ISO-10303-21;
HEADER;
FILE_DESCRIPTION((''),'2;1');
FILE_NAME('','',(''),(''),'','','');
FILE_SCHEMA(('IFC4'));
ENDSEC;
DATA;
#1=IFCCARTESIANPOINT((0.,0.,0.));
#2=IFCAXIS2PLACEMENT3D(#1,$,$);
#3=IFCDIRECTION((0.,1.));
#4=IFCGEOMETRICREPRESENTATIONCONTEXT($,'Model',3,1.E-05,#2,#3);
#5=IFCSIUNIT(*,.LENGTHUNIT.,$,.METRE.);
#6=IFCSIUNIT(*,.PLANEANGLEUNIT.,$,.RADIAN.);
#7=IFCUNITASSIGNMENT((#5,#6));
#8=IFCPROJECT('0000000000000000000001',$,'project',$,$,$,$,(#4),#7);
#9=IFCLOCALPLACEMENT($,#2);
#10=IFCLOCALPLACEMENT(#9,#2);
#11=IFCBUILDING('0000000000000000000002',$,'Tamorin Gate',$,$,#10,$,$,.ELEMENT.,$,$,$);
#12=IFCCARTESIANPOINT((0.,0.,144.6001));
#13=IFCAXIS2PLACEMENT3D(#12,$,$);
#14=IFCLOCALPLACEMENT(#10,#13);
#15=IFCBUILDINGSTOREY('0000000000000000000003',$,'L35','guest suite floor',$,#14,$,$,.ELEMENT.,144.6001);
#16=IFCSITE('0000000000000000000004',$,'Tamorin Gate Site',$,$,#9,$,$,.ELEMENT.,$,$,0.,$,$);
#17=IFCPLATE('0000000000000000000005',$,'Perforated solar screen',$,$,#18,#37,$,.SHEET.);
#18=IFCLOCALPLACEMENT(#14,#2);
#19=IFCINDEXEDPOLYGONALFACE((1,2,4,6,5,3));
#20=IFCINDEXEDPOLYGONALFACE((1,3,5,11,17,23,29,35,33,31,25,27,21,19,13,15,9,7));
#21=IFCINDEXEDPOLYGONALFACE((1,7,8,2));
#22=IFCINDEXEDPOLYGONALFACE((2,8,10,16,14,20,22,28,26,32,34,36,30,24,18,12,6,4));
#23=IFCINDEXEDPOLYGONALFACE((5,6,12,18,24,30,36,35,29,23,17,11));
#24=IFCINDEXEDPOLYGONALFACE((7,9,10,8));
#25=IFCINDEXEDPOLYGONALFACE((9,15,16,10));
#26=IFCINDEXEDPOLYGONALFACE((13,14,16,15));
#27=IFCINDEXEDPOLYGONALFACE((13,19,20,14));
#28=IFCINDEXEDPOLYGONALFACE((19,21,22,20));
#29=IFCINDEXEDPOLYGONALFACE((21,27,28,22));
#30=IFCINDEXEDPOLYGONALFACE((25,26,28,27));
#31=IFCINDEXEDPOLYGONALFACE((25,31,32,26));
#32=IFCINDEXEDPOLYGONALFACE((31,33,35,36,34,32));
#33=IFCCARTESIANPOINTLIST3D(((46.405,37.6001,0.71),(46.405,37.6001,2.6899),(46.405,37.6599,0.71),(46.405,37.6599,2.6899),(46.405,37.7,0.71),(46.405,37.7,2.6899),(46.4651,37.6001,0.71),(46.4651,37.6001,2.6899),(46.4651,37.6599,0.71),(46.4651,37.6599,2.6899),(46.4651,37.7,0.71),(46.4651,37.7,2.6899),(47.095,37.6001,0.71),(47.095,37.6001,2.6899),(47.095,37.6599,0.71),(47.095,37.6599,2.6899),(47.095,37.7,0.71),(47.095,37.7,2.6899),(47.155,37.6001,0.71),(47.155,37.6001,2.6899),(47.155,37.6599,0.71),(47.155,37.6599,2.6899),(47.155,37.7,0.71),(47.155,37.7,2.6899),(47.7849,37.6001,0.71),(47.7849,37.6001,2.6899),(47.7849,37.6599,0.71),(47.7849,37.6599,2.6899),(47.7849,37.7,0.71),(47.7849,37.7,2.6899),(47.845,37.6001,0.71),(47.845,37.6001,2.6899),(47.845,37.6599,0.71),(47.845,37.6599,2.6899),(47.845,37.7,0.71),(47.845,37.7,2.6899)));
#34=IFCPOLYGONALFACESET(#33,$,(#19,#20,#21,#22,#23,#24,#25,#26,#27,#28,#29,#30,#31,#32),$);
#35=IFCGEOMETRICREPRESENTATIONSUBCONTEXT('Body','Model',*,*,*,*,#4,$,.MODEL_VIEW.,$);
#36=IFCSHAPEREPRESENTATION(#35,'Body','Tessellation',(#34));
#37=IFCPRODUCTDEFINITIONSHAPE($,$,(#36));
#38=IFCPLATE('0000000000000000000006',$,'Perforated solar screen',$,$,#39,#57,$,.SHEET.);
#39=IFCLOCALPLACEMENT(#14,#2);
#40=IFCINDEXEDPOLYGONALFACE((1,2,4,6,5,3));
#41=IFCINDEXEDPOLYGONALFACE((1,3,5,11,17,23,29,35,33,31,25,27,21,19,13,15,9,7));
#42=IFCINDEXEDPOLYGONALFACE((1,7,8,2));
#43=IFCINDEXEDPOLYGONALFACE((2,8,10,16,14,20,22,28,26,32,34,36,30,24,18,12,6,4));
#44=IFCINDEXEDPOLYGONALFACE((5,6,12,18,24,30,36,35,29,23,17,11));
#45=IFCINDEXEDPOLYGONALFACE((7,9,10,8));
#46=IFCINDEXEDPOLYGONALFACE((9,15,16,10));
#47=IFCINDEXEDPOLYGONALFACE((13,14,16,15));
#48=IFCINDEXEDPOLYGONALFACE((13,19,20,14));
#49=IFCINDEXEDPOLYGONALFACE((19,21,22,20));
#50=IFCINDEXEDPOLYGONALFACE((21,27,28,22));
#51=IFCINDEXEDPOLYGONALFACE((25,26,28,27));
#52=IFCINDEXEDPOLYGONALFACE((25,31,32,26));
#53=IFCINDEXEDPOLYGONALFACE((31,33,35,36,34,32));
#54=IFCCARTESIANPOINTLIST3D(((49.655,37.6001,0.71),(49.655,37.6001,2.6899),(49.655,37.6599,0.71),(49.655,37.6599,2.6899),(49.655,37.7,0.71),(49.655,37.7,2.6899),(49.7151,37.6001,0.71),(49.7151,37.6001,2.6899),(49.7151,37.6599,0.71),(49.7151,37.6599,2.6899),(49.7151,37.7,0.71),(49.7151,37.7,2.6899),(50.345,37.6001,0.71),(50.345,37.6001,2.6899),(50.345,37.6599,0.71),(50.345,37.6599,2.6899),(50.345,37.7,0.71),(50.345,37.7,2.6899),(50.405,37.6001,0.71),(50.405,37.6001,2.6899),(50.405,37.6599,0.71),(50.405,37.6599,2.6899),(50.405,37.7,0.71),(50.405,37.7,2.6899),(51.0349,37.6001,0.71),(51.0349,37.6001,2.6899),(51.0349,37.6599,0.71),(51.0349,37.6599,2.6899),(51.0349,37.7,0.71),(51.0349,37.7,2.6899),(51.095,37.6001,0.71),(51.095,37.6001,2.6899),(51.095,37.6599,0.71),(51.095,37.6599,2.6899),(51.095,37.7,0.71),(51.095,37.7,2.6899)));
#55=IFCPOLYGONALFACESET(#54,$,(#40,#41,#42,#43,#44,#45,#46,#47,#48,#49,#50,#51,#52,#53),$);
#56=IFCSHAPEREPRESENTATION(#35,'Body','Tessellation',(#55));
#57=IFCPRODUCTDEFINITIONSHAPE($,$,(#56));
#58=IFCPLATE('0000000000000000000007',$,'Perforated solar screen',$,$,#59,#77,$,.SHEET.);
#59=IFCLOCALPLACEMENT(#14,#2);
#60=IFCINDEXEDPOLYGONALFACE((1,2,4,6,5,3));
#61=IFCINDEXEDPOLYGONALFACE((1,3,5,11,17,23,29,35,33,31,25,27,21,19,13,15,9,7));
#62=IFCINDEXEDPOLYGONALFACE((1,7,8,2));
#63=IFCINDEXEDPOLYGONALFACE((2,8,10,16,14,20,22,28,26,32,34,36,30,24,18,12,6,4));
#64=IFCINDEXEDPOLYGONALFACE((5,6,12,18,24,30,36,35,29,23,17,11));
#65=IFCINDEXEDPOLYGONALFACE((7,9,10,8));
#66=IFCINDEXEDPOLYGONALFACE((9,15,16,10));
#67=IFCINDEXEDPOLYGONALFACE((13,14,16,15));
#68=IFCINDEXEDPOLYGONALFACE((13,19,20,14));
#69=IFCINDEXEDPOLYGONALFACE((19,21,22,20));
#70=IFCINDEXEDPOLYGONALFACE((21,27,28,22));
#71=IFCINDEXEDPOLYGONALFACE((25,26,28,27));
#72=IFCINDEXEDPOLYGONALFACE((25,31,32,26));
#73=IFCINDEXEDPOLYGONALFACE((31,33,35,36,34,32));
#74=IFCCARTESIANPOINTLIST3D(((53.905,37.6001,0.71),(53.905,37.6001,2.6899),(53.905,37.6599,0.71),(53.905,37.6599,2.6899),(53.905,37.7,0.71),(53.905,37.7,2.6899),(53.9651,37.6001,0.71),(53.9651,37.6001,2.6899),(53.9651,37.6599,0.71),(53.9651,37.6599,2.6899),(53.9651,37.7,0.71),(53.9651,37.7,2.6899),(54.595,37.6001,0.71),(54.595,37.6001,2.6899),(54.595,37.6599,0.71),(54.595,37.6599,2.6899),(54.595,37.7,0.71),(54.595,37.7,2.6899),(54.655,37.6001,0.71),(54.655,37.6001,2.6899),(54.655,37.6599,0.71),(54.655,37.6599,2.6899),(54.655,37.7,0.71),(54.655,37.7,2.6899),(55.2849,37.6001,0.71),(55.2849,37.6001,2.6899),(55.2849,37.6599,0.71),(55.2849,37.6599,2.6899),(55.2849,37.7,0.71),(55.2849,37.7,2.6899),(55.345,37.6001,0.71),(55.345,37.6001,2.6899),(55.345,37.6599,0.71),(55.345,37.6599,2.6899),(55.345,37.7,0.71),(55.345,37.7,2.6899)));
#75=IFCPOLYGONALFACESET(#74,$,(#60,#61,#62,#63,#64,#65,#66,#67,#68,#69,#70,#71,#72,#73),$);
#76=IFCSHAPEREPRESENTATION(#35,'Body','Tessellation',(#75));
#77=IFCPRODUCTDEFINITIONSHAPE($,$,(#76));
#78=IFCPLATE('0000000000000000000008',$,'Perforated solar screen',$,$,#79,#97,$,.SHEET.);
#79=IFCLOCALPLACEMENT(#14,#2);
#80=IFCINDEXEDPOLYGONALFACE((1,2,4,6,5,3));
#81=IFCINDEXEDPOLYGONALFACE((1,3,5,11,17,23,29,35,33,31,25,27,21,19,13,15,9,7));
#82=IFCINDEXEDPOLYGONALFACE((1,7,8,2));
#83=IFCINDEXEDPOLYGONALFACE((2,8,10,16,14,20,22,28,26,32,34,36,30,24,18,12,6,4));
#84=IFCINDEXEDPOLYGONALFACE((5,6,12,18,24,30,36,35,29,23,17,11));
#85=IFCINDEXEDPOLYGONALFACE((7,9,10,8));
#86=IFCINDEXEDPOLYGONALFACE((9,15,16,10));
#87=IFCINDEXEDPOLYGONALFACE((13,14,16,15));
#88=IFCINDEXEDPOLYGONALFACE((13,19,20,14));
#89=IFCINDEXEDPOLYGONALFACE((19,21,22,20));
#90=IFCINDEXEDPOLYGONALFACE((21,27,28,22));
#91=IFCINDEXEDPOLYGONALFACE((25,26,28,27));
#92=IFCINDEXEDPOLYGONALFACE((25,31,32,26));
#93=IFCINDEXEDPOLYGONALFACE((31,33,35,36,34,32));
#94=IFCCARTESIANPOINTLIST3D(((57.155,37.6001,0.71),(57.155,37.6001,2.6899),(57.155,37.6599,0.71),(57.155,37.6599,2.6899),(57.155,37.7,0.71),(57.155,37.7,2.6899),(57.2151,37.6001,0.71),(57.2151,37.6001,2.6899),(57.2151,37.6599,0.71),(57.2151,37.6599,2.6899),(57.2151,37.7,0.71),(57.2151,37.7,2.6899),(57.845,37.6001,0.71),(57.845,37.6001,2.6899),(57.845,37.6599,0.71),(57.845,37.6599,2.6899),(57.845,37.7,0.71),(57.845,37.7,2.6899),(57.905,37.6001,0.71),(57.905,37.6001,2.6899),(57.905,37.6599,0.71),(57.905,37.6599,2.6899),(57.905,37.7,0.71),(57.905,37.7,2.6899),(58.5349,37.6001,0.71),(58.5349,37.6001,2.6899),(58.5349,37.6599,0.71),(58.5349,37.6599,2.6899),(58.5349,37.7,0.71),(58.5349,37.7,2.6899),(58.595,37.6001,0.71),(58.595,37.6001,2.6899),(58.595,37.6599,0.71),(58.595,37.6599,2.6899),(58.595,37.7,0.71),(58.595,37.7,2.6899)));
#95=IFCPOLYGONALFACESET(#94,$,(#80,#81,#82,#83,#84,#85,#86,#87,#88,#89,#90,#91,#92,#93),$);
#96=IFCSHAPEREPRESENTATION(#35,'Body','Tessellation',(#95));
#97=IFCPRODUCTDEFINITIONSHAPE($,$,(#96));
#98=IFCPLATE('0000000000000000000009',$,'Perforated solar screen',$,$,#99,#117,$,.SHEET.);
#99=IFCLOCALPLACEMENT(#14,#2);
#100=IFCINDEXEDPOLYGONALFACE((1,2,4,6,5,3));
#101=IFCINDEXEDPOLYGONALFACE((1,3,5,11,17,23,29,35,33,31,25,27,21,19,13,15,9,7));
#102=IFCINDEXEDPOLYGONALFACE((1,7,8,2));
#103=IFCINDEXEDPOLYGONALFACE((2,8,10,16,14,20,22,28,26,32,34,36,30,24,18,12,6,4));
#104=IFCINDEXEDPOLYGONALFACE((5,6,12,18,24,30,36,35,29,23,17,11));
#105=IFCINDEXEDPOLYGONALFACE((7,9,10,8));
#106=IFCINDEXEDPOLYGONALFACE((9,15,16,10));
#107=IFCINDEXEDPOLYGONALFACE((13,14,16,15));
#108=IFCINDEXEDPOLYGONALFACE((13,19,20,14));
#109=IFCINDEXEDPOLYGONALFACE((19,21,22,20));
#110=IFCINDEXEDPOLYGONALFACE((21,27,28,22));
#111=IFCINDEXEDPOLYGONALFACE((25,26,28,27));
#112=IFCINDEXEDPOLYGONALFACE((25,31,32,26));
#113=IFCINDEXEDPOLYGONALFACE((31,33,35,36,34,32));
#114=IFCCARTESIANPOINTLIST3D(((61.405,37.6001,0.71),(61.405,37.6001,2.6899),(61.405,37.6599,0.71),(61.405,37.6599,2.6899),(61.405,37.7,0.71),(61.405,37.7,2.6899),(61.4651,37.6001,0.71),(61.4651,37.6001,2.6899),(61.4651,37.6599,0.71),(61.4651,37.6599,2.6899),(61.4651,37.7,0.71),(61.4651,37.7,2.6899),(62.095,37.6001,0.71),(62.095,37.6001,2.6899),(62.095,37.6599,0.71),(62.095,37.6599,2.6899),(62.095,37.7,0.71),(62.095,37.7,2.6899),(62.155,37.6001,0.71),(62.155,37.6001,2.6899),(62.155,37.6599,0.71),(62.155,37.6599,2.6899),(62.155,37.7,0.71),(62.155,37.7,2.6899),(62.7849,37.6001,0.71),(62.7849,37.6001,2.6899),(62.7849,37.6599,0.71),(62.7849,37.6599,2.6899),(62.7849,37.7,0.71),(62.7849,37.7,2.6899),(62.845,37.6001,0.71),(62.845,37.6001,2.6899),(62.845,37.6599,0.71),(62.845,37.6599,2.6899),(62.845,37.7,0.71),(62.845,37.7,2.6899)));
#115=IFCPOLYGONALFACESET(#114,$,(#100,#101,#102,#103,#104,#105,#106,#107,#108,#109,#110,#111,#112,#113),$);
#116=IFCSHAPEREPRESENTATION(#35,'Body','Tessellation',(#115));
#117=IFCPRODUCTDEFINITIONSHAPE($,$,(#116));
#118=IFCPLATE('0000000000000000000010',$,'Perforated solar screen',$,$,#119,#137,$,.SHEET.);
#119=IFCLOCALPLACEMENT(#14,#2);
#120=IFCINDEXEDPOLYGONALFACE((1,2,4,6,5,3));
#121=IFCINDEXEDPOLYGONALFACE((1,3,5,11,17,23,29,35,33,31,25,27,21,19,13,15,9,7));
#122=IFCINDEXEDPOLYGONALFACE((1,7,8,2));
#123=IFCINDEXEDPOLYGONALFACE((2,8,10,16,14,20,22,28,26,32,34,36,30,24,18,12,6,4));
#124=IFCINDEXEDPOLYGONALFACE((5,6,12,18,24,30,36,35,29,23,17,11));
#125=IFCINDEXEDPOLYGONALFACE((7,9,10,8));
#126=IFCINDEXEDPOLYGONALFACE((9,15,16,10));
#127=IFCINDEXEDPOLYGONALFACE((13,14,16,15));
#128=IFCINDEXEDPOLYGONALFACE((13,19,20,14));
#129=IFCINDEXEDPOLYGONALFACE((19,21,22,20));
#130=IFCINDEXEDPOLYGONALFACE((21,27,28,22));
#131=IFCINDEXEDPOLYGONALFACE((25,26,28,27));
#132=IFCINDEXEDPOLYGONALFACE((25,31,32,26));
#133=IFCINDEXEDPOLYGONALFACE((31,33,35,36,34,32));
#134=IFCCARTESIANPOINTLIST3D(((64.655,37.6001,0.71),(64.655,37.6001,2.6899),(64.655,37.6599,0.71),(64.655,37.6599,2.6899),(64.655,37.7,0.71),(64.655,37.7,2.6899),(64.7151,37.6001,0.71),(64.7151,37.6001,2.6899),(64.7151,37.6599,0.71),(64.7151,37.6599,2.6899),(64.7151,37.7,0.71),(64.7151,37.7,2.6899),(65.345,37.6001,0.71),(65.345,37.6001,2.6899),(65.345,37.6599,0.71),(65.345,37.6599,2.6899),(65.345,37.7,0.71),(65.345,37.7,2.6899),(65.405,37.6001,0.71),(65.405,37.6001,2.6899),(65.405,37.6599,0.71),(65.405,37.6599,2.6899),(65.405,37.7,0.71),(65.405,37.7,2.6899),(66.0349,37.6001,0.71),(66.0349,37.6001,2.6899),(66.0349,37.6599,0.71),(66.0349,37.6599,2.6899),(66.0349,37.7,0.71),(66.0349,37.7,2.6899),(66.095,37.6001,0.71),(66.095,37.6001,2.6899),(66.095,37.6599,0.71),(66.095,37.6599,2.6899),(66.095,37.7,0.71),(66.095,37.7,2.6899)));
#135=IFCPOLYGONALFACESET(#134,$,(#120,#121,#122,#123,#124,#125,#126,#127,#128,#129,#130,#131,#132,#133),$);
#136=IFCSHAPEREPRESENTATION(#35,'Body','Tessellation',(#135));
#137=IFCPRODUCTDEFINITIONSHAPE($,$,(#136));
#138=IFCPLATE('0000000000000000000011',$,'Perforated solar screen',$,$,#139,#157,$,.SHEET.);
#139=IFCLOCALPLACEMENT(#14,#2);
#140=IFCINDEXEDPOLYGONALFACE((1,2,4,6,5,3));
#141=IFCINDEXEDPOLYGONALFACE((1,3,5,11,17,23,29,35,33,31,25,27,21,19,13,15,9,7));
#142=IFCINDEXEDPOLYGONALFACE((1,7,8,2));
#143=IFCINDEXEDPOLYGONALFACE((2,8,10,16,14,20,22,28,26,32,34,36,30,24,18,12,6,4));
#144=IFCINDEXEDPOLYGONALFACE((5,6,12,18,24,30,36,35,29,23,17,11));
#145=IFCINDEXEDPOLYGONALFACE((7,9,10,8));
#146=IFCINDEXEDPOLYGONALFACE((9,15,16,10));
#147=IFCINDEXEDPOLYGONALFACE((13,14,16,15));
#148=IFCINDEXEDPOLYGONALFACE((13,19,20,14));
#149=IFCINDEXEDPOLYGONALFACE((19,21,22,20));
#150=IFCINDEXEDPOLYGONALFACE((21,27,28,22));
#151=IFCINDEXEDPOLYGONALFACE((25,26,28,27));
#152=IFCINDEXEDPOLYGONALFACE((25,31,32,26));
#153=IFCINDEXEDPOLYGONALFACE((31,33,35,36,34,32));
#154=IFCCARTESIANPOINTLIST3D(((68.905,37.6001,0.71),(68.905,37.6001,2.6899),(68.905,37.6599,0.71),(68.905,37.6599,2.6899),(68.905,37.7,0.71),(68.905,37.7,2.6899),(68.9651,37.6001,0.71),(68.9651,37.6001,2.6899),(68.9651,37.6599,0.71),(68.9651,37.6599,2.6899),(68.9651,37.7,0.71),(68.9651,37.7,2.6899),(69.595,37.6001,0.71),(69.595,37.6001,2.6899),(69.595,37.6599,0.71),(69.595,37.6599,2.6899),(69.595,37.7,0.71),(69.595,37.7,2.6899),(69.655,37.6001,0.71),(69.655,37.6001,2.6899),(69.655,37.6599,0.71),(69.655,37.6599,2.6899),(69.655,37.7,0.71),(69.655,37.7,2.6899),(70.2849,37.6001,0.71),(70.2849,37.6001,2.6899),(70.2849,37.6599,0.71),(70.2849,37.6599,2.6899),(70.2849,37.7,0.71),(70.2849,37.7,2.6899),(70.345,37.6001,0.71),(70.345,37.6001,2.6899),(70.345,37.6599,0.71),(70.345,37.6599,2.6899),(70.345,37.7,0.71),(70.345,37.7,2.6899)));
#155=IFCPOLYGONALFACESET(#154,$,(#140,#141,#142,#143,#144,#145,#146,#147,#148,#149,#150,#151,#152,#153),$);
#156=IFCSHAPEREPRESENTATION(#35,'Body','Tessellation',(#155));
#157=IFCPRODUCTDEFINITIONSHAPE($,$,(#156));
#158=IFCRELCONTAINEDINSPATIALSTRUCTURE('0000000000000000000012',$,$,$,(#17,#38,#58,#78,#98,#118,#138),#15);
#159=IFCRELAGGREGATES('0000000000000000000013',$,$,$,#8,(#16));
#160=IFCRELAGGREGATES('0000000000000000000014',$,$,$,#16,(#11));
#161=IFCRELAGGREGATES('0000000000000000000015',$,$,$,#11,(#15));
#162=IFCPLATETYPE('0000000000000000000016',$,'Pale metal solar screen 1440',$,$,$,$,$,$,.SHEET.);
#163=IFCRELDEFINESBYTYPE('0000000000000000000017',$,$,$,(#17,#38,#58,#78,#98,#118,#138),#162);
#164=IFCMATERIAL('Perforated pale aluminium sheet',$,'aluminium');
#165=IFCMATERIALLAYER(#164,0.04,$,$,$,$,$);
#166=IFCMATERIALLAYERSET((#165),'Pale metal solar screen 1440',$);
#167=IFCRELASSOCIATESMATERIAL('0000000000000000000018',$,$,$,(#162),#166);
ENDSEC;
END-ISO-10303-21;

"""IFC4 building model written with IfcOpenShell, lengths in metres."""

from ifc_helpers import new_model, si_unit, direction, frame, origin, place, context, subcontext, project, spatial, polyline, outline, extrude, material, layer, layer_set, type_object, element, save


model = new_model("IFC4")

# Units and contexts
model_context = context("Model", 3, precision=1e-05, world=origin(), true_north=direction((0.0, 1.0)))
body_context = subcontext(model_context, "Body", "Model", "MODEL_VIEW")
ifc_project = project(units=[si_unit("LENGTHUNIT", "METRE"), si_unit("PLANEANGLEUNIT", "RADIAN")], contexts=[model_context])

# Site, building, storey
site_placement = place(None, origin())
site = spatial("IfcSite", under=ifc_project, at=site_placement, Name="Tamorin Gate Site", CompositionType="ELEMENT", RefElevation=0.0)
building_placement = place(site_placement, origin())
building = spatial("IfcBuilding", under=site, at=building_placement, Name="Tamorin Gate", CompositionType="ELEMENT")
storey_placement = place(building_placement, frame((0.0, 0.0, 144.6001)))
storey = spatial("IfcBuildingStorey", under=building, at=storey_placement, Name="L35", Description="guest suite floor", CompositionType="ELEMENT", Elevation=144.6001)

# Plates
ifc_material_1 = material(Name="Perforated pale aluminium sheet", Category="aluminium")
ifc_layer_1 = layer(ifc_material_1, 0.04)
ifc_layer_set_1 = layer_set([ifc_layer_1], Name="Pale metal solar screen 1440")
plate_type_1 = type_object("IfcPlateType", Name="Pale metal solar screen 1440", PredefinedType="SHEET", material=ifc_layer_set_1)
plate_1_placement = place(storey_placement, frame((0.0, 0.0, 0.71)))
element("IfcPlate", 1, at=plate_1_placement, inside=storey, type_object=plate_type_1, Name="Perforated solar screen", PredefinedType="SHEET", context=body_context, shape_type="SweptSolid", body=[
    extrude(outline(polyline([(46.405, 37.6599), (46.405, 37.7), (46.4651, 37.7), (47.095, 37.7), (47.155, 37.7), (47.7849, 37.7), (47.845, 37.7), (47.845, 37.6599), (47.845, 37.6001), (47.7849, 37.6001), (47.7849, 37.6599), (47.155, 37.6599), (47.155, 37.6001), (47.095, 37.6001), (47.095, 37.6599), (46.4651, 37.6599), (46.4651, 37.6001), (46.405, 37.6001), (46.405, 37.6599)])), origin(), (0.0, 0.0, 1.0), 1.98),
])
plate_2_placement = place(storey_placement, frame((0.0, 0.0, 0.71)))
element("IfcPlate", 2, at=plate_2_placement, inside=storey, type_object=plate_type_1, Name="Perforated solar screen", PredefinedType="SHEET", context=body_context, shape_type="SweptSolid", body=[
    extrude(outline(polyline([(49.655, 37.6599), (49.655, 37.7), (49.7151, 37.7), (50.345, 37.7), (50.405, 37.7), (51.0349, 37.7), (51.095, 37.7), (51.095, 37.6599), (51.095, 37.6001), (51.0349, 37.6001), (51.0349, 37.6599), (50.405, 37.6599), (50.405, 37.6001), (50.345, 37.6001), (50.345, 37.6599), (49.7151, 37.6599), (49.7151, 37.6001), (49.655, 37.6001), (49.655, 37.6599)])), origin(), (0.0, 0.0, 1.0), 1.98),
])
plate_3_placement = place(storey_placement, frame((0.0, 0.0, 0.71)))
element("IfcPlate", 3, at=plate_3_placement, inside=storey, type_object=plate_type_1, Name="Perforated solar screen", PredefinedType="SHEET", context=body_context, shape_type="SweptSolid", body=[
    extrude(outline(polyline([(53.905, 37.6599), (53.905, 37.7), (53.9651, 37.7), (54.595, 37.7), (54.655, 37.7), (55.2849, 37.7), (55.345, 37.7), (55.345, 37.6599), (55.345, 37.6001), (55.2849, 37.6001), (55.2849, 37.6599), (54.655, 37.6599), (54.655, 37.6001), (54.595, 37.6001), (54.595, 37.6599), (53.9651, 37.6599), (53.9651, 37.6001), (53.905, 37.6001), (53.905, 37.6599)])), origin(), (0.0, 0.0, 1.0), 1.98),
])
plate_4_placement = place(storey_placement, frame((0.0, 0.0, 0.71)))
element("IfcPlate", 4, at=plate_4_placement, inside=storey, type_object=plate_type_1, Name="Perforated solar screen", PredefinedType="SHEET", context=body_context, shape_type="SweptSolid", body=[
    extrude(outline(polyline([(57.155, 37.6599), (57.155, 37.7), (57.2151, 37.7), (57.845, 37.7), (57.905, 37.7), (58.5349, 37.7), (58.595, 37.7), (58.595, 37.6599), (58.595, 37.6001), (58.5349, 37.6001), (58.5349, 37.6599), (57.905, 37.6599), (57.905, 37.6001), (57.845, 37.6001), (57.845, 37.6599), (57.2151, 37.6599), (57.2151, 37.6001), (57.155, 37.6001), (57.155, 37.6599)])), origin(), (0.0, 0.0, 1.0), 1.98),
])
plate_5_placement = place(storey_placement, frame((0.0, 0.0, 0.71)))
element("IfcPlate", 5, at=plate_5_placement, inside=storey, type_object=plate_type_1, Name="Perforated solar screen", PredefinedType="SHEET", context=body_context, shape_type="SweptSolid", body=[
    extrude(outline(polyline([(61.405, 37.6599), (61.405, 37.7), (61.4651, 37.7), (62.095, 37.7), (62.155, 37.7), (62.7849, 37.7), (62.845, 37.7), (62.845, 37.6599), (62.845, 37.6001), (62.7849, 37.6001), (62.7849, 37.6599), (62.155, 37.6599), (62.155, 37.6001), (62.095, 37.6001), (62.095, 37.6599), (61.4651, 37.6599), (61.4651, 37.6001), (61.405, 37.6001), (61.405, 37.6599)])), origin(), (0.0, 0.0, 1.0), 1.98),
])
plate_6_placement = place(storey_placement, frame((0.0, 0.0, 0.71)))
element("IfcPlate", 6, at=plate_6_placement, inside=storey, type_object=plate_type_1, Name="Perforated solar screen", PredefinedType="SHEET", context=body_context, shape_type="SweptSolid", body=[
    extrude(outline(polyline([(64.655, 37.6599), (64.655, 37.7), (64.7151, 37.7), (65.345, 37.7), (65.405, 37.7), (66.0349, 37.7), (66.095, 37.7), (66.095, 37.6599), (66.095, 37.6001), (66.0349, 37.6001), (66.0349, 37.6599), (65.405, 37.6599), (65.405, 37.6001), (65.345, 37.6001), (65.345, 37.6599), (64.7151, 37.6599), (64.7151, 37.6001), (64.655, 37.6001), (64.655, 37.6599)])), origin(), (0.0, 0.0, 1.0), 1.98),
])
plate_7_placement = place(storey_placement, frame((0.0, 0.0, 0.71)))
element("IfcPlate", 7, at=plate_7_placement, inside=storey, type_object=plate_type_1, Name="Perforated solar screen", PredefinedType="SHEET", context=body_context, shape_type="SweptSolid", body=[
    extrude(outline(polyline([(68.905, 37.6599), (68.905, 37.7), (68.9651, 37.7), (69.595, 37.7), (69.655, 37.7), (70.2849, 37.7), (70.345, 37.7), (70.345, 37.6599), (70.345, 37.6001), (70.2849, 37.6001), (70.2849, 37.6599), (69.655, 37.6599), (69.655, 37.6001), (69.595, 37.6001), (69.595, 37.6599), (68.9651, 37.6599), (68.9651, 37.6001), (68.905, 37.6001), (68.905, 37.6599)])), origin(), (0.0, 0.0, 1.0), 1.98),
])

save(model, "model.ifc")
